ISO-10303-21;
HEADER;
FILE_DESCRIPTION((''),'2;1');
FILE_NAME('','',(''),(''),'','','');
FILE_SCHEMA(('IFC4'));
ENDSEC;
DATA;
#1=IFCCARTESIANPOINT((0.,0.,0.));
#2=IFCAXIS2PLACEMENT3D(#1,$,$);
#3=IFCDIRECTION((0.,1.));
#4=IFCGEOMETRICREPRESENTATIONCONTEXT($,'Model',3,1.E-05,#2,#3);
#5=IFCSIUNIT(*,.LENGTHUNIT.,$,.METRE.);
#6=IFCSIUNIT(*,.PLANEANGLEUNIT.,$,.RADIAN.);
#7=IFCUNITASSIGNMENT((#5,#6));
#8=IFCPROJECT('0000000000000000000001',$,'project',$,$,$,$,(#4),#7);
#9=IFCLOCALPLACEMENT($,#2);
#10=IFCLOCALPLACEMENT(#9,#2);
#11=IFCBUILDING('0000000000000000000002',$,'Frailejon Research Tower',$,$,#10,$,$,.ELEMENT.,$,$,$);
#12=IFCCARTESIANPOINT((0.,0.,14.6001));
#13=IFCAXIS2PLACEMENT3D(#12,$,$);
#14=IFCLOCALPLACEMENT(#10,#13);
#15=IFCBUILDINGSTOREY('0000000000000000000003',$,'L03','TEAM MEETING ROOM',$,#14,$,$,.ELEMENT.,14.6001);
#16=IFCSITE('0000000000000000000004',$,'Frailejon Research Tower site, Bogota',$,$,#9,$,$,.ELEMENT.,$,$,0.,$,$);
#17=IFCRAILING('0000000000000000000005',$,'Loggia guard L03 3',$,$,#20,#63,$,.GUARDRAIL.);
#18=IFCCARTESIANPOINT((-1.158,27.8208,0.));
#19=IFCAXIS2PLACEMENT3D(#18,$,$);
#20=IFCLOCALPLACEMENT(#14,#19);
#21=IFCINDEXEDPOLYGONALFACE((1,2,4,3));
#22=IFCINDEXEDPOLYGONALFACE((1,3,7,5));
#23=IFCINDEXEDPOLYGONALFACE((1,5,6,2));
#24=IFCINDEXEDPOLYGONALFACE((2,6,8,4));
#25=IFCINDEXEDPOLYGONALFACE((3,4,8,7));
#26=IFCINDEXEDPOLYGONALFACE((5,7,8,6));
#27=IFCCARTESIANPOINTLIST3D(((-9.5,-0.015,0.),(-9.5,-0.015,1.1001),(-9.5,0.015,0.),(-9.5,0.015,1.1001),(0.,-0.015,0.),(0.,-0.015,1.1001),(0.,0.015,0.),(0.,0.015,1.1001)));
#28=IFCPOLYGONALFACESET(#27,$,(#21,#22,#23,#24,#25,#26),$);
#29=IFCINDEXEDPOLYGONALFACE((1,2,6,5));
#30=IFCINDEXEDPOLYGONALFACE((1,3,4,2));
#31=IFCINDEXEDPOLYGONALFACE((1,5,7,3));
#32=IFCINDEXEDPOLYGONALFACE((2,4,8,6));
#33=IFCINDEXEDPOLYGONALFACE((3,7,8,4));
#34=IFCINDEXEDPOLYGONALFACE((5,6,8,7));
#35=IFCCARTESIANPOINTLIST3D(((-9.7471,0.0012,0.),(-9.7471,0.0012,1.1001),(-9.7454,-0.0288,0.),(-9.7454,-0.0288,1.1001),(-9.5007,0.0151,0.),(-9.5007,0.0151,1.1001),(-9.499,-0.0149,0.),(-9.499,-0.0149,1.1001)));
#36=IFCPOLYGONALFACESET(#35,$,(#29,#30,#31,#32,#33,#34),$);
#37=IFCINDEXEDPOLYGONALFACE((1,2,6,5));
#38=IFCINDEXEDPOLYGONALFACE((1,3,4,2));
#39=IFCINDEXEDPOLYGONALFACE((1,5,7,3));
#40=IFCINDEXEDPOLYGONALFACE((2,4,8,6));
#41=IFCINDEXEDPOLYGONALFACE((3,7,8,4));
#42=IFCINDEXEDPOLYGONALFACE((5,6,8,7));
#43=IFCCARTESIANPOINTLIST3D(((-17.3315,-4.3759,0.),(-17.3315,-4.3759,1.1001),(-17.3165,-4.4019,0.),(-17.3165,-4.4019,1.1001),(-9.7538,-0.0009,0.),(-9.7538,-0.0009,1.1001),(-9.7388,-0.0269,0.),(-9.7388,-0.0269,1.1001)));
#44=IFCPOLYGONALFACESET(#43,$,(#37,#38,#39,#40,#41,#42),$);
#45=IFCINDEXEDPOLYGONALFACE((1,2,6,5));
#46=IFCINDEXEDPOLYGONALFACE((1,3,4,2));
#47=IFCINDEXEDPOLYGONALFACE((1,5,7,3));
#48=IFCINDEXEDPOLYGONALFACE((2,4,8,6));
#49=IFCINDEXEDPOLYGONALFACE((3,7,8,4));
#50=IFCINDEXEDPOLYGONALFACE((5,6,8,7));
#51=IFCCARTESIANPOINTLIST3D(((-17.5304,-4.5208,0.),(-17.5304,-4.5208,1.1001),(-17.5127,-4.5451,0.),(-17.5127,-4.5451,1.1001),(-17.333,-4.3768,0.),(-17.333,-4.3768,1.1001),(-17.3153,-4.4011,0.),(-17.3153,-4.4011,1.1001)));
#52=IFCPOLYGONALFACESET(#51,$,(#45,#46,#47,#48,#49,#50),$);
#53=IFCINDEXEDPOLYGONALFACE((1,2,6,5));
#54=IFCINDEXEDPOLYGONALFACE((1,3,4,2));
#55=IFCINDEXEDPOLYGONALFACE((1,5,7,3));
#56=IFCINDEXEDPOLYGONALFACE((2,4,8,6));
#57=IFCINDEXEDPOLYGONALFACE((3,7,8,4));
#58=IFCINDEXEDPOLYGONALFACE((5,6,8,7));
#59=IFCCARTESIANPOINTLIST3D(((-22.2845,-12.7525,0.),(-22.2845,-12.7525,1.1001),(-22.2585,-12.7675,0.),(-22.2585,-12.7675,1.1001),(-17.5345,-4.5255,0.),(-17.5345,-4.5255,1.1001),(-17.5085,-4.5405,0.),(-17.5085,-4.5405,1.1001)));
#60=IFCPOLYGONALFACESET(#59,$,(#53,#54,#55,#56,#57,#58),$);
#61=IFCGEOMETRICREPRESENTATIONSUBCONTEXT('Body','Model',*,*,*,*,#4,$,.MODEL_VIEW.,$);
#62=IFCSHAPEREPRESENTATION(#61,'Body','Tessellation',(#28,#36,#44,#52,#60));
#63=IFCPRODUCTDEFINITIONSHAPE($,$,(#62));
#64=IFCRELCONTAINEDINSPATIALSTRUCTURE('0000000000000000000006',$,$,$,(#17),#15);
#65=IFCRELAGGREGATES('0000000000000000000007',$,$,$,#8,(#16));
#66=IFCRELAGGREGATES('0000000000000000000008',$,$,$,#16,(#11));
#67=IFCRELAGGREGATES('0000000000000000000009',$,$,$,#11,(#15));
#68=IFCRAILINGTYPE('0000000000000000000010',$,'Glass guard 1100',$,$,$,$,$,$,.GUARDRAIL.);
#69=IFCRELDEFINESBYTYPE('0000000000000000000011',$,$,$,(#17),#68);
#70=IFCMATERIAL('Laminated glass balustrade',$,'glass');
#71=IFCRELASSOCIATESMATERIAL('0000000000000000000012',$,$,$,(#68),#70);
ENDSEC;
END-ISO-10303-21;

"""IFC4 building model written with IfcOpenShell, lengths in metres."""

from ifc_helpers import new_model, si_unit, direction, frame, origin, origin_2d, place, context, subcontext, project, spatial, rectangle, extrude, material, type_object, element, save


model = new_model("IFC4")

# Units and contexts
model_context = context("Model", 3, precision=1e-05, world=origin(), true_north=direction((0.0, 1.0)))
body_context = subcontext(model_context, "Body", "Model", "MODEL_VIEW")
ifc_project = project(units=[si_unit("LENGTHUNIT", "METRE"), si_unit("PLANEANGLEUNIT", "RADIAN")], contexts=[model_context])

# Site, building, storey
site_placement = place(None, origin())
site = spatial("IfcSite", under=ifc_project, at=site_placement, Name="Frailejon Research Tower site, Bogota", CompositionType="ELEMENT", RefElevation=0.0)
building_placement = place(site_placement, origin())
building = spatial("IfcBuilding", under=site, at=building_placement, Name="Frailejon Research Tower", CompositionType="ELEMENT")
storey_placement = place(building_placement, frame((0.0, 0.0, 14.6001)))
storey = spatial("IfcBuildingStorey", under=building, at=storey_placement, Name="L03", Description="TEAM MEETING ROOM", CompositionType="ELEMENT", Elevation=14.6001)

# Railing
ifc_material_1 = material(Name="Laminated glass balustrade", Category="glass")
railing_type = type_object("IfcRailingType", Name="Glass guard 1100", PredefinedType="GUARDRAIL", material=ifc_material_1)
railing_placement = place(storey_placement, frame((-1.158, 27.8208, 0.0)))
element("IfcRailing", 1, at=railing_placement, inside=storey, type_object=railing_type, Name="Loggia guard L03 3", PredefinedType="GUARDRAIL", context=body_context, shape_type="SweptSolid", body=[
    extrude(rectangle(XDim=9.5, YDim=0.03, at=origin_2d()), frame((-4.75, 0.0, 0.0), z_axis=(0.0, 0.0, 1.0), x_axis=(-1.0, 0.0, 0.0)), (0.0, 0.0, 1.0), 1.1001),
    extrude(rectangle(XDim=0.2468, YDim=0.03, at=origin_2d()), frame((-9.623, -0.0068, 0.0), z_axis=(0.0, 0.0, 1.0), x_axis=(-0.998408, -0.056402, 0.0)), (0.0, 0.0, 1.0), 1.1001),
    extrude(rectangle(XDim=8.75, YDim=0.03, at=origin_2d()), frame((-13.5352, -2.2014, 0.0), z_axis=(0.0, 0.0, 1.0), x_axis=(-0.866023, -0.500004, 0.0)), (0.0, 0.0, 1.0), 1.1001),
    extrude(rectangle(XDim=0.2444, YDim=0.03, at=origin_2d()), frame((-17.4229, -4.4609, 0.0), z_axis=(0.0, 0.0, 1.0), x_axis=(-0.807958, -0.58924, 0.0)), (0.0, 0.0, 1.0), 1.1001),
    extrude(rectangle(XDim=9.4998, YDim=0.03, at=origin_2d()), frame((-19.8965, -8.6465, 0.0), z_axis=(0.0, 0.0, 1.0), x_axis=(-0.500009, -0.86602, 0.0)), (0.0, 0.0, 1.0), 1.1001),
])

save(model, "model.ifc")
